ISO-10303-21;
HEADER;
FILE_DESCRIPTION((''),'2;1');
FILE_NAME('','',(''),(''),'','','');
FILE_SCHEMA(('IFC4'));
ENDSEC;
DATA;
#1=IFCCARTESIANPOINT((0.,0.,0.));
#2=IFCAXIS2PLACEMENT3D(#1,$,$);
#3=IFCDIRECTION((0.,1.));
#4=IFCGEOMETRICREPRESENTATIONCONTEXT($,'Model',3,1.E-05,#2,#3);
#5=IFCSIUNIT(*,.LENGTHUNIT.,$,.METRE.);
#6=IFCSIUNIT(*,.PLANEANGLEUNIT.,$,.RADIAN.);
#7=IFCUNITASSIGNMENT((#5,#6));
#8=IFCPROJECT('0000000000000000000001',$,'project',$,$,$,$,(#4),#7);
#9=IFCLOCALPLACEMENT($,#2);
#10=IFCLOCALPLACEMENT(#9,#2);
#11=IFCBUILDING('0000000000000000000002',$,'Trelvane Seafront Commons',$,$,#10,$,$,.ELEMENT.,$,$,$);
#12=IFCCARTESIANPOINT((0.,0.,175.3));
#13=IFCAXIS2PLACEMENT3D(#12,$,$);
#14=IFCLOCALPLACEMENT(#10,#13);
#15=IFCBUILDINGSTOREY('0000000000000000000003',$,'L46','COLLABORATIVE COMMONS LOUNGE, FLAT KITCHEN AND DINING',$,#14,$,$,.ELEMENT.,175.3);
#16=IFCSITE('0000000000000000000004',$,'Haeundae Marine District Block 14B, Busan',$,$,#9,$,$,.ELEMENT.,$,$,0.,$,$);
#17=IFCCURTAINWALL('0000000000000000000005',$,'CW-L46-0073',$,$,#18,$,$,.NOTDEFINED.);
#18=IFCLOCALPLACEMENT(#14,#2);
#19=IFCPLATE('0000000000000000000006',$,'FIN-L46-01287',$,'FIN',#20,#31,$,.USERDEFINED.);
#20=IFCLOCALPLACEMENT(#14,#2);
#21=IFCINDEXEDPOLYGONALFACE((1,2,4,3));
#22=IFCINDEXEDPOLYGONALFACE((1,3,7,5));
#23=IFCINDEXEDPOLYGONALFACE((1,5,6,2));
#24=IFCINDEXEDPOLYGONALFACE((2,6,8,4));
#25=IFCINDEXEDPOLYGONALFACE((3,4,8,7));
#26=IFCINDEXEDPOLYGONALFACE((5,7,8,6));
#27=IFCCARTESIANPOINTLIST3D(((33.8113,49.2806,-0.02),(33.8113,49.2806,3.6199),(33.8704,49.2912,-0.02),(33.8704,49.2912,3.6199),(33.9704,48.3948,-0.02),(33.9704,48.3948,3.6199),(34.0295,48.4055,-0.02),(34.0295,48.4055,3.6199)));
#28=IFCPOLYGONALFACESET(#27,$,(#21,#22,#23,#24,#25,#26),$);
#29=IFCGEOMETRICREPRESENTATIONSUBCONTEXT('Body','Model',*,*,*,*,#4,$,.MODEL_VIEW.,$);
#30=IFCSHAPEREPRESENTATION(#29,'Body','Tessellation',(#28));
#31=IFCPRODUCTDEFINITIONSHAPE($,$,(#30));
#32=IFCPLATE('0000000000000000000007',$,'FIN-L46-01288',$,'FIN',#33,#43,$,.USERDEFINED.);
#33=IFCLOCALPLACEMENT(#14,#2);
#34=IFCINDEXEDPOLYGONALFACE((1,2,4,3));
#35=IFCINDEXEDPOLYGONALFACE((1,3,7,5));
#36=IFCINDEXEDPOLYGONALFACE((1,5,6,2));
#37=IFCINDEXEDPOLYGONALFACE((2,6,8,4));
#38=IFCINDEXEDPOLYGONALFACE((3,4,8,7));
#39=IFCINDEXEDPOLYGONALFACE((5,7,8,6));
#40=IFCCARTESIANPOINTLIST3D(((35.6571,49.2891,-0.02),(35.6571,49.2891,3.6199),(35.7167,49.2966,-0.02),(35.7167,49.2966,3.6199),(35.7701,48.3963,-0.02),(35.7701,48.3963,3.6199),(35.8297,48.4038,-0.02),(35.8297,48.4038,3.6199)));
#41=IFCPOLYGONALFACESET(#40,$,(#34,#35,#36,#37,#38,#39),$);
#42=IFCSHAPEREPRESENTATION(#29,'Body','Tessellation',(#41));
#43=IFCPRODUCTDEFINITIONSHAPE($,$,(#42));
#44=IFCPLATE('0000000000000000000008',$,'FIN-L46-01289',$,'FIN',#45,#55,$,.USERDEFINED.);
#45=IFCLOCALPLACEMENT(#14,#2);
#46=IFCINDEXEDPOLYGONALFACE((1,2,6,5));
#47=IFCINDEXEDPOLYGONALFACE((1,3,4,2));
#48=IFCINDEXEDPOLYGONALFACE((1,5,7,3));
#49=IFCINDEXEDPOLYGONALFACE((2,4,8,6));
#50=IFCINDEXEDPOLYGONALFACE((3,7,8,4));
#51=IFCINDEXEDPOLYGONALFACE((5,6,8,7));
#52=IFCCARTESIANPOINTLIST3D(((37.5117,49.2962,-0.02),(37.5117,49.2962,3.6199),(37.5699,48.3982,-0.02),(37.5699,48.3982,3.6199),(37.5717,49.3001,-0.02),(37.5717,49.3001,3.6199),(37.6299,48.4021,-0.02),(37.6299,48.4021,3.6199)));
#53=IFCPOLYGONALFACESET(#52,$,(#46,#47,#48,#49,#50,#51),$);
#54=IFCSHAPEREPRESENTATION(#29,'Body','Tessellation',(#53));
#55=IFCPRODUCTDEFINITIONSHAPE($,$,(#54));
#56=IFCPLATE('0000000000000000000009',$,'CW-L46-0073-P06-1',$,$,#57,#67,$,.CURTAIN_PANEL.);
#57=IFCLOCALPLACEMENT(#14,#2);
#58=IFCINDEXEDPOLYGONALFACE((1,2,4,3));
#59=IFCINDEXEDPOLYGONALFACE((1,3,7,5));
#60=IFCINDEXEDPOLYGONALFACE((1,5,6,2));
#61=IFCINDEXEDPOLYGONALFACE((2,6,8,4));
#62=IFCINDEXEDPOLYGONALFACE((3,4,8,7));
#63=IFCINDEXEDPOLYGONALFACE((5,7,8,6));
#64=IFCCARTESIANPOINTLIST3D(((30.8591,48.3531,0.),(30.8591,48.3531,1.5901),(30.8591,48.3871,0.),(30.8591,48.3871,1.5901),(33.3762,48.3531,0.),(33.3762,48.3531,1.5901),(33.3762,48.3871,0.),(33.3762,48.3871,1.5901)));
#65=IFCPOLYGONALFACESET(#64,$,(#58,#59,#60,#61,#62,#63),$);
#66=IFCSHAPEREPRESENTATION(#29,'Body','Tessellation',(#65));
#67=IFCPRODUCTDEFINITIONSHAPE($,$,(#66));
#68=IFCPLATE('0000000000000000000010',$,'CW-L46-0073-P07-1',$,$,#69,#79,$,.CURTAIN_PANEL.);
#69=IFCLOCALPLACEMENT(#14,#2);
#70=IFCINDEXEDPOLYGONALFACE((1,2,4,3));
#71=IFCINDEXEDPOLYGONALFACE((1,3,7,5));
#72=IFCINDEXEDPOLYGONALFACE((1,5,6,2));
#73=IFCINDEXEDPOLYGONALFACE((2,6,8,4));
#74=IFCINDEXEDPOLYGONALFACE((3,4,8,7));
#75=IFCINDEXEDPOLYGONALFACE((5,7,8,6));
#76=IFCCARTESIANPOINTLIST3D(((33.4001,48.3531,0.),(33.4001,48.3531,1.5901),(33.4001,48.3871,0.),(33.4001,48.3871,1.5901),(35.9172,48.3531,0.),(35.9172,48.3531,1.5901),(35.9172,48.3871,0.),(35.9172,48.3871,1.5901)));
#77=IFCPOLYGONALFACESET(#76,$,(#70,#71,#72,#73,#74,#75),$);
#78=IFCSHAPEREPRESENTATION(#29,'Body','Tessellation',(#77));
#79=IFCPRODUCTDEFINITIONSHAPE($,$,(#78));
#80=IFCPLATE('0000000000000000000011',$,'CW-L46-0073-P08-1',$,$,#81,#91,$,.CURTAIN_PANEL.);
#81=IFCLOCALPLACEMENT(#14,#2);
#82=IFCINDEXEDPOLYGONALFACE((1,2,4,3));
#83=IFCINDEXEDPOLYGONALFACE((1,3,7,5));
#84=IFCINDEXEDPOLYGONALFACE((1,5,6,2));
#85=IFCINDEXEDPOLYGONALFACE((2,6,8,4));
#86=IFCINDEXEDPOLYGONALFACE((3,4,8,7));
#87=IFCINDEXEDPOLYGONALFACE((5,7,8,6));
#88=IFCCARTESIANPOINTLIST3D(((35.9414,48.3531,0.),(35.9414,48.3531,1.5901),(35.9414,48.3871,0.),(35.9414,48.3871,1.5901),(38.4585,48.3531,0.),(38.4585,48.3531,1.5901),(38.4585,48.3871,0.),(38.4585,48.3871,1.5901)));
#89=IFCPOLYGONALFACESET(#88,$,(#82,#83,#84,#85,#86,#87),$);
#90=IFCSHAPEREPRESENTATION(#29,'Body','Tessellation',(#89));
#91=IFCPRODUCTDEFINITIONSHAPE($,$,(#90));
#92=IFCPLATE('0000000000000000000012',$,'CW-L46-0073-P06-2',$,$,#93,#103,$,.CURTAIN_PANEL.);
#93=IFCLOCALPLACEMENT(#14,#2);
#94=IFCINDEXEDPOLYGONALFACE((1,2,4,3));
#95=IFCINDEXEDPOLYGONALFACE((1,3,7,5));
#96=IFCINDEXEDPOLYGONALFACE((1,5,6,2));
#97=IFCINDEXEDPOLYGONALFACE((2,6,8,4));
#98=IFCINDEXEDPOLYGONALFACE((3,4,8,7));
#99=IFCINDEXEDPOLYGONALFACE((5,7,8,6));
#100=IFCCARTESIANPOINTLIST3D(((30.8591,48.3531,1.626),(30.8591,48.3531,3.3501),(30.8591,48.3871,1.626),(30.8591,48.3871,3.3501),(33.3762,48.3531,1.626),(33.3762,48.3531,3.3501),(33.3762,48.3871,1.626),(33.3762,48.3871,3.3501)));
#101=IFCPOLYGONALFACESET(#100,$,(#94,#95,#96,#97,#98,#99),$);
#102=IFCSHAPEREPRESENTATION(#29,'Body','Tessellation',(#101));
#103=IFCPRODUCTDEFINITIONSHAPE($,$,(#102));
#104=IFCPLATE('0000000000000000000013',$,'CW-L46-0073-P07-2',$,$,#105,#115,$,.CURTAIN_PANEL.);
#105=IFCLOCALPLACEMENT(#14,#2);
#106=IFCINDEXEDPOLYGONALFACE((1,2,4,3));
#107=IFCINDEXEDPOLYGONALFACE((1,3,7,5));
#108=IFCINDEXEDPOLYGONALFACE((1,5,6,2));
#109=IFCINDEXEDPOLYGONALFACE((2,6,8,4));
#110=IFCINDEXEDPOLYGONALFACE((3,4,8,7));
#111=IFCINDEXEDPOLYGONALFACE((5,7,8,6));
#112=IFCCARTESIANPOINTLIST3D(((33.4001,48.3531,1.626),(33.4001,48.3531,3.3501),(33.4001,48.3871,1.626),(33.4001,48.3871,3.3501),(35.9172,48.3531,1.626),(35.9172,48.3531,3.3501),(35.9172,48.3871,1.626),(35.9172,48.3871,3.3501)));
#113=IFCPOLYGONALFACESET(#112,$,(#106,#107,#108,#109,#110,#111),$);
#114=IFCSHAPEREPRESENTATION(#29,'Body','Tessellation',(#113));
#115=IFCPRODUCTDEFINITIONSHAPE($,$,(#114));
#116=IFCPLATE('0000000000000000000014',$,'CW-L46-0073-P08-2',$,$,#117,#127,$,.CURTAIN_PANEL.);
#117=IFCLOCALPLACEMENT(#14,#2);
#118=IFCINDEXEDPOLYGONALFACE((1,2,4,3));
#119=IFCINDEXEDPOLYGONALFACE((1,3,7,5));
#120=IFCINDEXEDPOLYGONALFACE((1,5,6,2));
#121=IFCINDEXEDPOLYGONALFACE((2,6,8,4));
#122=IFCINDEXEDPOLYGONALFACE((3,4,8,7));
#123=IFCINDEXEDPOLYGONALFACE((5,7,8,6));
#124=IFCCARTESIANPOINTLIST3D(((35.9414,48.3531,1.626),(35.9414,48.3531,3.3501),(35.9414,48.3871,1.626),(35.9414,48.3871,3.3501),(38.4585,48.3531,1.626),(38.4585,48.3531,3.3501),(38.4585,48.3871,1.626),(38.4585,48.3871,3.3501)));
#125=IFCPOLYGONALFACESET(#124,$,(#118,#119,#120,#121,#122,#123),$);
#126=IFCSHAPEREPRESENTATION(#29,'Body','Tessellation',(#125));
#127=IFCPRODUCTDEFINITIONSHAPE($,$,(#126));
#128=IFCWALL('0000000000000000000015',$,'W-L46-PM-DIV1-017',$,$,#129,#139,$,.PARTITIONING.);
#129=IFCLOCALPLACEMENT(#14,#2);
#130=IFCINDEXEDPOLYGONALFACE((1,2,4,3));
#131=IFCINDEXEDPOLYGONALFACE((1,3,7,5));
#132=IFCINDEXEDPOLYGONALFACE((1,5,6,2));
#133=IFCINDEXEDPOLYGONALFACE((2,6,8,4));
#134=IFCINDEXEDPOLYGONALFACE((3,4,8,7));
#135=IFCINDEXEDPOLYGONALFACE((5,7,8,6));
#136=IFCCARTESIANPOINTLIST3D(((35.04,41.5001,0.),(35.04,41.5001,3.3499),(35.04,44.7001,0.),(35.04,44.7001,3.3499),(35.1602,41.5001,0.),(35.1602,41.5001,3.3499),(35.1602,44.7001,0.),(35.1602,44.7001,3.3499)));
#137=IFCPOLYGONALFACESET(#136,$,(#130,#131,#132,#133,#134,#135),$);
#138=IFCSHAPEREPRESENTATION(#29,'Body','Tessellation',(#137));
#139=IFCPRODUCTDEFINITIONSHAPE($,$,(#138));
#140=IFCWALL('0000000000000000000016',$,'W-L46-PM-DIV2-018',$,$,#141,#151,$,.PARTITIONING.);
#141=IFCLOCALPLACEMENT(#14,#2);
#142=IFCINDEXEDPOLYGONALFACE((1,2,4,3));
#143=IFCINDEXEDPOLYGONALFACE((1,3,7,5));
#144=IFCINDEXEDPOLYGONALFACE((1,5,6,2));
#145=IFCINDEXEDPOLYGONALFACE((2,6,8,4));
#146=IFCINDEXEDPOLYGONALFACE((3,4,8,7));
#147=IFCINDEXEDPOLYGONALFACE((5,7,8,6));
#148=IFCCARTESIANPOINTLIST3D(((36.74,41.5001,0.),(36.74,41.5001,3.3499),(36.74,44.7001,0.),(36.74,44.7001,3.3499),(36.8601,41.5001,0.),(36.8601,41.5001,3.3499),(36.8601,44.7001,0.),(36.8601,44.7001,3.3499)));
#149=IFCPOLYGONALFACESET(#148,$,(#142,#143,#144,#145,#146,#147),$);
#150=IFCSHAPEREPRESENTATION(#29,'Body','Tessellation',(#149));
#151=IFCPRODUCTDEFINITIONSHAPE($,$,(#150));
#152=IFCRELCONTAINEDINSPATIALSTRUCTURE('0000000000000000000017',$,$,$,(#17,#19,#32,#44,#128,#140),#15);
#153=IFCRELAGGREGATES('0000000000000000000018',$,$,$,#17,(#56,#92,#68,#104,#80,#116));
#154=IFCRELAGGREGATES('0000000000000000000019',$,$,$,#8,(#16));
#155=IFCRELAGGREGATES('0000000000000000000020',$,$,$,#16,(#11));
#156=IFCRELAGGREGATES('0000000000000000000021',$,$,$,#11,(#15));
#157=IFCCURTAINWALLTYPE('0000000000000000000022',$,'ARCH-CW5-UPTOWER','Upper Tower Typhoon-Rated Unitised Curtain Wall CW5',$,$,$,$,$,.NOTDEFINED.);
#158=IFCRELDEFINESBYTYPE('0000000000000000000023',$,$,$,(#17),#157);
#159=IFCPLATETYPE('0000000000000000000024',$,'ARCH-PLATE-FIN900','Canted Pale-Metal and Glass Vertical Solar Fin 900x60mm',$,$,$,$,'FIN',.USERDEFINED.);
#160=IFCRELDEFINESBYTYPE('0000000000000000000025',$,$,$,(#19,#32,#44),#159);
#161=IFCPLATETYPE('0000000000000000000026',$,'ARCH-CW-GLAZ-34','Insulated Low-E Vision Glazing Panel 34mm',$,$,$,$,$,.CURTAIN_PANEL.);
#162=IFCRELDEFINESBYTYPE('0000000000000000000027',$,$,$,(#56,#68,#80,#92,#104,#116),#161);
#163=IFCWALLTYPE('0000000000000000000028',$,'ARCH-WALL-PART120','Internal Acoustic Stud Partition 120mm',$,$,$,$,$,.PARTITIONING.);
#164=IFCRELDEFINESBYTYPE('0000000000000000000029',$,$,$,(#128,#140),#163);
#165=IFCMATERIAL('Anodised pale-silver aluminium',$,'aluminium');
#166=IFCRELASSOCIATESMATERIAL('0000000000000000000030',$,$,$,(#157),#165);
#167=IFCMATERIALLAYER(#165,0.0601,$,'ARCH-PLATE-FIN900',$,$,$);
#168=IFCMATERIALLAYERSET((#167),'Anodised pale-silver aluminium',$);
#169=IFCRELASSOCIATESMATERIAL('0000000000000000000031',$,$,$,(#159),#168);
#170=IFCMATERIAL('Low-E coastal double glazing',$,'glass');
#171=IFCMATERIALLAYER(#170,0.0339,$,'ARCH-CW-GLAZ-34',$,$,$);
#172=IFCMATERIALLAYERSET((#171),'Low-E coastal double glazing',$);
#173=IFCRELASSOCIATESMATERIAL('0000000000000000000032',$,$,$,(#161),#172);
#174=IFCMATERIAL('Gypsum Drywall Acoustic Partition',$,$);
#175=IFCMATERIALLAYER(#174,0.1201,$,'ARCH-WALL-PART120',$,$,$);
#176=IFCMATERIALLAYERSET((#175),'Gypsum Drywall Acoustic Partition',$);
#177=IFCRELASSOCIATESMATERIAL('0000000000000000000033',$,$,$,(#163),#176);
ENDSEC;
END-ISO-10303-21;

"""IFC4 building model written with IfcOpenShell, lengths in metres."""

from ifc_helpers import new_model, si_unit, direction, frame, frame_2d, origin, origin_2d, place, context, subcontext, project, spatial, rectangle, extrude, source, transform, mapped, material, layer, layer_set, type_object, element, aggregate, save


model = new_model("IFC4")

# Units and contexts
model_context = context("Model", 3, precision=1e-05, world=origin(), true_north=direction((0.0, 1.0)))
body_context = subcontext(model_context, "Body", "Model", "MODEL_VIEW")
ifc_project = project(units=[si_unit("LENGTHUNIT", "METRE"), si_unit("PLANEANGLEUNIT", "RADIAN")], contexts=[model_context])

# Site, building, storey
site_placement = place(None, origin())
site = spatial("IfcSite", under=ifc_project, at=site_placement, Name="Haeundae Marine District Block 14B, Busan", CompositionType="ELEMENT", RefElevation=0.0)
building_placement = place(site_placement, origin())
building = spatial("IfcBuilding", under=site, at=building_placement, Name="Trelvane Seafront Commons", CompositionType="ELEMENT")
storey_placement = place(building_placement, frame((0.0, 0.0, 175.3)))
storey = spatial("IfcBuildingStorey", under=building, at=storey_placement, Name="L46", Description="COLLABORATIVE COMMONS LOUNGE, FLAT KITCHEN AND DINING", CompositionType="ELEMENT", Elevation=175.3)

# Curtain wall
ifc_material_1 = material(Name="Anodised pale-silver aluminium", Category="aluminium")
curtain_wall_type = type_object("IfcCurtainWallType", Name="ARCH-CW5-UPTOWER", Description="Upper Tower Typhoon-Rated Unitised Curtain Wall CW5", PredefinedType="NOTDEFINED", material=ifc_material_1)
curtain_wall_placement = place(storey_placement, origin())
curtain_wall = element("IfcCurtainWall", 1, at=curtain_wall_placement, inside=storey, type_object=curtain_wall_type, Name="CW-L46-0073", PredefinedType="NOTDEFINED")

# Plates
ifc_layer_1 = layer(ifc_material_1, 0.0601, Name="ARCH-PLATE-FIN900")
ifc_layer_set_1 = layer_set([ifc_layer_1], Name="Anodised pale-silver aluminium")
plate_type_1 = type_object("IfcPlateType", Name="ARCH-PLATE-FIN900", Description="Canted Pale-Metal and Glass Vertical Solar Fin 900x60mm", ElementType="FIN", PredefinedType="USERDEFINED", material=ifc_layer_set_1)
shared_shape_1 = source(origin(), body_context, "Body", "SweptSolid", [
    extrude(rectangle(XDim=0.8999, YDim=0.0601, at=origin_2d()), origin(), (0.0, 0.0, 1.0), 3.6399),
])
for number, where, z_axis, x_axis, name in (
    (2, (33.9204, 48.843, -0.02), (0.0, 0.0, 1.0), (-0.176782, 0.98425, 0.0), "FIN-L46-01287"),
    (3, (35.7434, 48.8464, -0.02), (0.0, 0.0, 1.0), (-0.125553, 0.992087, 0.0), "FIN-L46-01288"),
    (4, (37.5708, 48.8491, -0.02), (0.0, 0.0, 1.0), (-0.064668, 0.997907, 0.0), "FIN-L46-01289"),
):
    element("IfcPlate", number, at=place(storey_placement, frame(where, z_axis=z_axis, x_axis=x_axis)), inside=storey, type_object=plate_type_1, Name=name, ObjectType="FIN", PredefinedType="USERDEFINED", context=body_context, shape_type="MappedRepresentation", body=[
        mapped(shared_shape_1, transform((0.0, 0.0, 0.0), x_axis=(1.0, 0.0, 0.0), y_axis=(0.0, 1.0, 0.0), z_axis=(0.0, 0.0, 1.0), scale=1.0)),
    ])

# Plates
ifc_material_2 = material(Name="Low-E coastal double glazing", Category="glass")
ifc_layer_2 = layer(ifc_material_2, 0.0339, Name="ARCH-CW-GLAZ-34")
ifc_layer_set_2 = layer_set([ifc_layer_2], Name="Low-E coastal double glazing")
plate_type_2 = type_object("IfcPlateType", Name="ARCH-CW-GLAZ-34", Description="Insulated Low-E Vision Glazing Panel 34mm", PredefinedType="CURTAIN_PANEL", material=ifc_layer_set_2)
shared_shape_2 = source(origin(), body_context, "Body", "SweptSolid", [
    extrude(rectangle(XDim=2.5171, YDim=0.0339, at=origin_2d()), origin(), (0.0, 0.0, 1.0), 1.5901),
])
plate_1_placement = place(storey_placement, frame((32.1177, 48.3701, 0.0), z_axis=(0.0, 0.0, 1.0), x_axis=(1.0, 0.0, 0.0)))
plate_1 = element("IfcPlate", 5, at=plate_1_placement, type_object=plate_type_2, Name="CW-L46-0073-P06-1", PredefinedType="CURTAIN_PANEL", context=body_context, shape_type="MappedRepresentation", body=[
    mapped(shared_shape_2, transform((0.0, 0.0, 0.0), x_axis=(1.0, 0.0, 0.0), y_axis=(0.0, 1.0, 0.0), z_axis=(0.0, 0.0, 1.0), scale=1.0)),
])
plate_2_placement = place(storey_placement, frame((34.6587, 48.3701, 0.0), z_axis=(0.0, 0.0, 1.0), x_axis=(1.0, 0.0, 0.0)))
plate_2 = element("IfcPlate", 6, at=plate_2_placement, type_object=plate_type_2, Name="CW-L46-0073-P07-1", PredefinedType="CURTAIN_PANEL", context=body_context, shape_type="MappedRepresentation", body=[
    mapped(shared_shape_2, transform((0.0, 0.0, 0.0), x_axis=(1.0, 0.0, 0.0), y_axis=(0.0, 1.0, 0.0), z_axis=(0.0, 0.0, 1.0), scale=1.0)),
])
plate_3_placement = place(storey_placement, frame((37.2, 48.3701, 0.0), z_axis=(0.0, 0.0, 1.0), x_axis=(1.0, 0.0, 0.0)))
plate_3 = element("IfcPlate", 7, at=plate_3_placement, type_object=plate_type_2, Name="CW-L46-0073-P08-1", PredefinedType="CURTAIN_PANEL", context=body_context, shape_type="MappedRepresentation", body=[
    mapped(shared_shape_2, transform((0.0, 0.0, 0.0), x_axis=(1.0, 0.0, 0.0), y_axis=(0.0, 1.0, 0.0), z_axis=(0.0, 0.0, 1.0), scale=1.0)),
])
shared_shape_3 = source(origin(), body_context, "Body", "SweptSolid", [
    extrude(rectangle(XDim=2.5171, YDim=0.0339, at=origin_2d()), origin(), (0.0, 0.0, 1.0), 1.7241),
])
plate_4_placement = place(storey_placement, frame((32.1177, 48.3701, 1.626), z_axis=(0.0, 0.0, 1.0), x_axis=(1.0, 0.0, 0.0)))
plate_4 = element("IfcPlate", 8, at=plate_4_placement, type_object=plate_type_2, Name="CW-L46-0073-P06-2", PredefinedType="CURTAIN_PANEL", context=body_context, shape_type="MappedRepresentation", body=[
    mapped(shared_shape_3, transform((0.0, 0.0, 0.0), x_axis=(1.0, 0.0, 0.0), y_axis=(0.0, 1.0, 0.0), z_axis=(0.0, 0.0, 1.0), scale=1.0)),
])
plate_5_placement = place(storey_placement, frame((34.6587, 48.3701, 1.626), z_axis=(0.0, 0.0, 1.0), x_axis=(1.0, 0.0, 0.0)))
plate_5 = element("IfcPlate", 9, at=plate_5_placement, type_object=plate_type_2, Name="CW-L46-0073-P07-2", PredefinedType="CURTAIN_PANEL", context=body_context, shape_type="MappedRepresentation", body=[
    mapped(shared_shape_3, transform((0.0, 0.0, 0.0), x_axis=(1.0, 0.0, 0.0), y_axis=(0.0, 1.0, 0.0), z_axis=(0.0, 0.0, 1.0), scale=1.0)),
])
plate_6_placement = place(storey_placement, frame((37.2, 48.3701, 1.626), z_axis=(0.0, 0.0, 1.0), x_axis=(1.0, 0.0, 0.0)))
plate_6 = element("IfcPlate", 10, at=plate_6_placement, type_object=plate_type_2, Name="CW-L46-0073-P08-2", PredefinedType="CURTAIN_PANEL", context=body_context, shape_type="MappedRepresentation", body=[
    mapped(shared_shape_3, transform((0.0, 0.0, 0.0), x_axis=(1.0, 0.0, 0.0), y_axis=(0.0, 1.0, 0.0), z_axis=(0.0, 0.0, 1.0), scale=1.0)),
])
aggregate(curtain_wall, [plate_1, plate_4, plate_2, plate_5, plate_3, plate_6])

# Walls
ifc_material_3 = material(Name="Gypsum Drywall Acoustic Partition")
ifc_layer_3 = layer(ifc_material_3, 0.1201, Name="ARCH-WALL-PART120")
ifc_layer_set_3 = layer_set([ifc_layer_3], Name="Gypsum Drywall Acoustic Partition")
wall_type_1 = type_object("IfcWallType", Name="ARCH-WALL-PART120", Description="Internal Acoustic Stud Partition 120mm", PredefinedType="PARTITIONING", material=ifc_layer_set_3)
for number, where, z_axis, x_axis, name in (
    (11, (35.1001, 41.5, 0.0), (0.0, 0.0, 1.0), (0.0, 1.0, 0.0), "W-L46-PM-DIV1-017"),
    (12, (36.8, 41.5, 0.0), (0.0, 0.0, 1.0), (0.0, 1.0, 0.0), "W-L46-PM-DIV2-018"),
):
    element("IfcWall", number, at=place(storey_placement, frame(where, z_axis=z_axis, x_axis=x_axis)), inside=storey, type_object=wall_type_1, Name=name, PredefinedType="PARTITIONING", context=body_context, shape_type="SweptSolid", body=[
        extrude(rectangle(XDim=3.2, YDim=0.1201, at=frame_2d((1.6001, 0.0))), origin(), (0.0, 0.0, 1.0), 3.3499),
    ])

save(model, "model.ifc")
